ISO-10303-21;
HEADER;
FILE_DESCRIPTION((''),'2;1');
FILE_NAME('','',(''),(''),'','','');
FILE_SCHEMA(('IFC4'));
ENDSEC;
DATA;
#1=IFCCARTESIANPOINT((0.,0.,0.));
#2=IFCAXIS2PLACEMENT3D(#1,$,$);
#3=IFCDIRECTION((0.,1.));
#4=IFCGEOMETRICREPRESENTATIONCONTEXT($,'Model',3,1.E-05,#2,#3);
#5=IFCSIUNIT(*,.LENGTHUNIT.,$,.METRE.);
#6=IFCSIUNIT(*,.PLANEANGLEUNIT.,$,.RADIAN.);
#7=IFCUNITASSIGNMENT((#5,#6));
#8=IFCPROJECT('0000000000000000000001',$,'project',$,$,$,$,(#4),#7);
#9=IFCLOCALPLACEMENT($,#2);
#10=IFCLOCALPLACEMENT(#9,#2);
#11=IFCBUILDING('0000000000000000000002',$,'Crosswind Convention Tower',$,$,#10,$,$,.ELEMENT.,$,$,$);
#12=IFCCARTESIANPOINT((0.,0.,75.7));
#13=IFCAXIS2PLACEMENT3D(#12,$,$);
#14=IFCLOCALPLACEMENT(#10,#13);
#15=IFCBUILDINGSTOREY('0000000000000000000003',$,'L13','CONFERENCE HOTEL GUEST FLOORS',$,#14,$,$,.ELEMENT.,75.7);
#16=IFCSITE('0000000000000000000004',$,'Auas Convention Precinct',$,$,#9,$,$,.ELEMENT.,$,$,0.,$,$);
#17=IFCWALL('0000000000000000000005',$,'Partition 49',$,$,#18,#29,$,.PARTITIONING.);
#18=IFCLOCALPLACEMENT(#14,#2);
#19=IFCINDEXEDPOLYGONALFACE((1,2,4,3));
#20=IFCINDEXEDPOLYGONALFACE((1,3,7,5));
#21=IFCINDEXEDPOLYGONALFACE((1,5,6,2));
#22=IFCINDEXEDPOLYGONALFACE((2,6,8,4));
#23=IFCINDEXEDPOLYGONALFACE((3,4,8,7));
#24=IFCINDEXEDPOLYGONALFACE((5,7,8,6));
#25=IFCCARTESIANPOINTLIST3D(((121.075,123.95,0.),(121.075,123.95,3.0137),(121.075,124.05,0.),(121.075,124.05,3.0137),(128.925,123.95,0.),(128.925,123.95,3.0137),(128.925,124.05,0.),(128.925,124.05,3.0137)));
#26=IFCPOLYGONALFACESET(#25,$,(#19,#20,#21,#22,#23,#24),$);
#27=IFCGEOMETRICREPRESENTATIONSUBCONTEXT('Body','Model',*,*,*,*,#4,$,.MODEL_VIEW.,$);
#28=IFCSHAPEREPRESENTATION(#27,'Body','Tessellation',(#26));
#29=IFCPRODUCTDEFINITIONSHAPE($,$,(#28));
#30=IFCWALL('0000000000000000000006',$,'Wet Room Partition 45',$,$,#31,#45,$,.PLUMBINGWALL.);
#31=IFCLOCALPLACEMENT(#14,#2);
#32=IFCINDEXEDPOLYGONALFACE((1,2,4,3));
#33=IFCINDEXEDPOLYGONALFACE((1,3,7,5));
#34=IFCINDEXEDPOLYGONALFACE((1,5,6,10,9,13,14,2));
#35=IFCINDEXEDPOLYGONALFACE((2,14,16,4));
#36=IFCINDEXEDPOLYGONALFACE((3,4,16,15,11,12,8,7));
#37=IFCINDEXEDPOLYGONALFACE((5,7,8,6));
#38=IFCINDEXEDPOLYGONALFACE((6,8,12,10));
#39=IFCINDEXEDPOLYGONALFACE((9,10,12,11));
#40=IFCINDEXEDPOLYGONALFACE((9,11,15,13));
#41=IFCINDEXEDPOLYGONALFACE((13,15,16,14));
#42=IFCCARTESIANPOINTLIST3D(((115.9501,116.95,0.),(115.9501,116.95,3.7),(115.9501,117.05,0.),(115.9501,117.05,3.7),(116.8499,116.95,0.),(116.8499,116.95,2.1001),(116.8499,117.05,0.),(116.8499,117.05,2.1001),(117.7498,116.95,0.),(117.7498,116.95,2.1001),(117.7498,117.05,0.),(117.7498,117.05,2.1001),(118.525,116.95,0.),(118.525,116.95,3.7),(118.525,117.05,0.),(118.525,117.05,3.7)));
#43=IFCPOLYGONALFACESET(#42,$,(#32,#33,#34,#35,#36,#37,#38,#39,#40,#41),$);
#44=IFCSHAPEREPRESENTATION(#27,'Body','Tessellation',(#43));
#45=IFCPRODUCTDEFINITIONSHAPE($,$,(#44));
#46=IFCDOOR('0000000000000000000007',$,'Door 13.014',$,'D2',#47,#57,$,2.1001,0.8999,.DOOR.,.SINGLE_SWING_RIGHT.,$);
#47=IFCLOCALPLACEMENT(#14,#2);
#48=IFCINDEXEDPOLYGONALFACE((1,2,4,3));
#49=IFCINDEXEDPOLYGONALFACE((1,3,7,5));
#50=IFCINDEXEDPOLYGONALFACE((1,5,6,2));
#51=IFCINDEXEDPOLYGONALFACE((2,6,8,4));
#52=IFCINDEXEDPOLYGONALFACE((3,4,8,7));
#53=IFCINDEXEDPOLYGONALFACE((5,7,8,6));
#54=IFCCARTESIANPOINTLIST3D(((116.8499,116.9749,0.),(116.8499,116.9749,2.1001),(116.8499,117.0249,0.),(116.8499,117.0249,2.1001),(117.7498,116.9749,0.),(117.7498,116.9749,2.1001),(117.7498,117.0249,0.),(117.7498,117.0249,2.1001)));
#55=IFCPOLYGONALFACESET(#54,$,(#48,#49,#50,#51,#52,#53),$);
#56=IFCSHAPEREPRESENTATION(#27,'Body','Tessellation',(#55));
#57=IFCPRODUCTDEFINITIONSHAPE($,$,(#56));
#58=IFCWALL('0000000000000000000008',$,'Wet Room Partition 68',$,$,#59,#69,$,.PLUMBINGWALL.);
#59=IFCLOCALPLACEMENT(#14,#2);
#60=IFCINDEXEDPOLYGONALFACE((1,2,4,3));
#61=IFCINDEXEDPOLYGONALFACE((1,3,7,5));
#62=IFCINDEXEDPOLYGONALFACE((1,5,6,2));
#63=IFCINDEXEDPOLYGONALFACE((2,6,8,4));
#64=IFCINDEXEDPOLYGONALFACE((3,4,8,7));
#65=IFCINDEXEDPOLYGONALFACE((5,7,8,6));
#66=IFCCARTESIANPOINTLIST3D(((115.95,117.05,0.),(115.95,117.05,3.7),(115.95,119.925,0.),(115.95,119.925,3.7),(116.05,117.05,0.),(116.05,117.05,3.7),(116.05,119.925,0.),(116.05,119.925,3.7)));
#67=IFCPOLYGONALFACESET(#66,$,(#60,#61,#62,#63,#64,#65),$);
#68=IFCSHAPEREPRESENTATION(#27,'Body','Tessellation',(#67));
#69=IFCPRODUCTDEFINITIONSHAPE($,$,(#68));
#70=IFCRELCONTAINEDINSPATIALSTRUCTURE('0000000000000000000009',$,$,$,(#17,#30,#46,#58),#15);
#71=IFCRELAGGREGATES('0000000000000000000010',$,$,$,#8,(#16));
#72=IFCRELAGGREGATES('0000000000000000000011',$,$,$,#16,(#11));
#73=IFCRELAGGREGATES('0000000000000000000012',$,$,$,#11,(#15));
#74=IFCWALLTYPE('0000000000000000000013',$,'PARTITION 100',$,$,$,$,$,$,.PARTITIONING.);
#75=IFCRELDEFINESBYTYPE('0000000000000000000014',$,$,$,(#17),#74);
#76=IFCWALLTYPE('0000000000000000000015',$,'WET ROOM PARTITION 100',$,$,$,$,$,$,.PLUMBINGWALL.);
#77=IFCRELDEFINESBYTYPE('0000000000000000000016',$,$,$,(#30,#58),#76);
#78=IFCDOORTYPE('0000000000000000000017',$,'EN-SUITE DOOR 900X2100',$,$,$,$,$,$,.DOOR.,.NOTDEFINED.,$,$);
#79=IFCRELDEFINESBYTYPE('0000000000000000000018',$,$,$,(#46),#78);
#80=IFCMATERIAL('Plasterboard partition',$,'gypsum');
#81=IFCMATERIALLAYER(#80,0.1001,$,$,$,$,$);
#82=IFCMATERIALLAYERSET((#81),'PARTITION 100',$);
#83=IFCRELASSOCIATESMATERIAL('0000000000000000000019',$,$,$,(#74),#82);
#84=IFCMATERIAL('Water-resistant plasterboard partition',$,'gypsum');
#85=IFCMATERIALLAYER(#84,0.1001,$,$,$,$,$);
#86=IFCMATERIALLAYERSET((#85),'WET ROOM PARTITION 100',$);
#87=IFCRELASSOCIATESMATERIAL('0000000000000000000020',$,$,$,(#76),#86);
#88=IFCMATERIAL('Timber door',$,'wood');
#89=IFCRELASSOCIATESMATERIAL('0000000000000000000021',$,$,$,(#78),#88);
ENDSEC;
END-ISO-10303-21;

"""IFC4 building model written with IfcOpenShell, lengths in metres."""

from ifc_helpers import new_model, si_unit, direction, frame, frame_2d, origin, place, context, subcontext, project, spatial, rectangle, extrude, material, layer, layer_set, type_object, element, fill, save


model = new_model("IFC4")

# Units and contexts
model_context = context("Model", 3, precision=1e-05, world=origin(), true_north=direction((0.0, 1.0)))
body_context = subcontext(model_context, "Body", "Model", "MODEL_VIEW")
ifc_project = project(units=[si_unit("LENGTHUNIT", "METRE"), si_unit("PLANEANGLEUNIT", "RADIAN")], contexts=[model_context])

# Site, building, storey
site_placement = place(None, origin())
site = spatial("IfcSite", under=ifc_project, at=site_placement, Name="Auas Convention Precinct", CompositionType="ELEMENT", RefElevation=0.0)
building_placement = place(site_placement, origin())
building = spatial("IfcBuilding", under=site, at=building_placement, Name="Crosswind Convention Tower", CompositionType="ELEMENT")
storey_placement = place(building_placement, frame((0.0, 0.0, 75.7)))
storey = spatial("IfcBuildingStorey", under=building, at=storey_placement, Name="L13", Description="CONFERENCE HOTEL GUEST FLOORS", CompositionType="ELEMENT", Elevation=75.7)

# Shared definitions
ifc_material_1 = material(Name="Plasterboard partition", Category="gypsum")

# Wall
ifc_layer_1 = layer(ifc_material_1, 0.1001)
ifc_layer_set_1 = layer_set([ifc_layer_1], Name="PARTITION 100")
wall_type_1 = type_object("IfcWallType", Name="PARTITION 100", PredefinedType="PARTITIONING", material=ifc_layer_set_1)
wall_1_placement = place(storey_placement, frame((121.075, 124.0, 0.0), z_axis=(0.0, 0.0, 1.0), x_axis=(1.0, 0.0, 0.0)))
element("IfcWall", 1, at=wall_1_placement, inside=storey, type_object=wall_type_1, Name="Partition 49", PredefinedType="PARTITIONING", context=body_context, shape_type="SweptSolid", body=[
    extrude(rectangle(XDim=7.8501, YDim=0.1001, at=frame_2d((3.925, 0.0))), origin(), (0.0, 0.0, 1.0), 3.0137),
])

# Wall, opening, door
ifc_material_2 = material(Name="Water-resistant plasterboard partition", Category="gypsum")
ifc_layer_2 = layer(ifc_material_2, 0.1001)
ifc_layer_set_2 = layer_set([ifc_layer_2], Name="WET ROOM PARTITION 100")
wall_type_2 = type_object("IfcWallType", Name="WET ROOM PARTITION 100", PredefinedType="PLUMBINGWALL", material=ifc_layer_set_2)
wall_2_placement = place(storey_placement, frame((115.95, 117.0, 0.0), z_axis=(0.0, 0.0, 1.0), x_axis=(1.0, 0.0, 0.0)))
wall_2 = element("IfcWall", 2, at=wall_2_placement, inside=storey, type_object=wall_type_2, Name="Wet Room Partition 45", PredefinedType="PLUMBINGWALL", context=body_context, shape_type="SweptSolid", body=[
    extrude(rectangle(XDim=2.575, YDim=0.1001, at=frame_2d((1.2876, 0.0))), origin(), (0.0, 0.0, 1.0), 3.7),
])
opening_1_placement = place(wall_2_placement, frame((0.8999, 0.0, 0.0)))
opening_1 = element("IfcOpeningElement", 3, at=opening_1_placement, cuts=wall_2, PredefinedType="OPENING", context=body_context, shape_type="SweptSolid", body=[
    extrude(rectangle(XDim=0.8999, YDim=2.1001, at=frame_2d((0.45, 1.05))), frame((0.0, 0.0601, 0.0), z_axis=(0.0, -1.0, 0.0), x_axis=(1.0, 0.0, 0.0)), (0.0, 0.0, 1.0), 0.1201),
])
ifc_material_3 = material(Name="Timber door", Category="wood")
door_type_1 = type_object("IfcDoorType", Name="EN-SUITE DOOR 900X2100", OperationType="NOTDEFINED", PredefinedType="DOOR", material=ifc_material_3)
door_1_placement = place(opening_1_placement, origin())
door_1 = element("IfcDoor", 4, at=door_1_placement, inside=storey, type_object=door_type_1, Name="Door 13.014", ObjectType="D2", OperationType="SINGLE_SWING_RIGHT", OverallHeight=2.1001, OverallWidth=0.8999, PredefinedType="DOOR", context=body_context, shape_type="SweptSolid", body=[
    extrude(rectangle(XDim=0.8999, YDim=2.1001, at=frame_2d((0.45, 1.05))), frame((0.0, 0.0249, 0.0), z_axis=(0.0, -1.0, 0.0), x_axis=(1.0, 0.0, 0.0)), (0.0, 0.0, 1.0), 0.05),
])
fill(opening_1, door_1)

# Wall
wall_3_placement = place(storey_placement, frame((116.0, 117.05, 0.0), z_axis=(0.0, 0.0, 1.0), x_axis=(0.0, 1.0, 0.0)))
element("IfcWall", 5, at=wall_3_placement, inside=storey, type_object=wall_type_2, Name="Wet Room Partition 68", PredefinedType="PLUMBINGWALL", context=body_context, shape_type="SweptSolid", body=[
    extrude(rectangle(XDim=2.875, YDim=0.1001, at=frame_2d((1.4375, 0.0))), origin(), (0.0, 0.0, 1.0), 3.7),
])

save(model, "model.ifc")
